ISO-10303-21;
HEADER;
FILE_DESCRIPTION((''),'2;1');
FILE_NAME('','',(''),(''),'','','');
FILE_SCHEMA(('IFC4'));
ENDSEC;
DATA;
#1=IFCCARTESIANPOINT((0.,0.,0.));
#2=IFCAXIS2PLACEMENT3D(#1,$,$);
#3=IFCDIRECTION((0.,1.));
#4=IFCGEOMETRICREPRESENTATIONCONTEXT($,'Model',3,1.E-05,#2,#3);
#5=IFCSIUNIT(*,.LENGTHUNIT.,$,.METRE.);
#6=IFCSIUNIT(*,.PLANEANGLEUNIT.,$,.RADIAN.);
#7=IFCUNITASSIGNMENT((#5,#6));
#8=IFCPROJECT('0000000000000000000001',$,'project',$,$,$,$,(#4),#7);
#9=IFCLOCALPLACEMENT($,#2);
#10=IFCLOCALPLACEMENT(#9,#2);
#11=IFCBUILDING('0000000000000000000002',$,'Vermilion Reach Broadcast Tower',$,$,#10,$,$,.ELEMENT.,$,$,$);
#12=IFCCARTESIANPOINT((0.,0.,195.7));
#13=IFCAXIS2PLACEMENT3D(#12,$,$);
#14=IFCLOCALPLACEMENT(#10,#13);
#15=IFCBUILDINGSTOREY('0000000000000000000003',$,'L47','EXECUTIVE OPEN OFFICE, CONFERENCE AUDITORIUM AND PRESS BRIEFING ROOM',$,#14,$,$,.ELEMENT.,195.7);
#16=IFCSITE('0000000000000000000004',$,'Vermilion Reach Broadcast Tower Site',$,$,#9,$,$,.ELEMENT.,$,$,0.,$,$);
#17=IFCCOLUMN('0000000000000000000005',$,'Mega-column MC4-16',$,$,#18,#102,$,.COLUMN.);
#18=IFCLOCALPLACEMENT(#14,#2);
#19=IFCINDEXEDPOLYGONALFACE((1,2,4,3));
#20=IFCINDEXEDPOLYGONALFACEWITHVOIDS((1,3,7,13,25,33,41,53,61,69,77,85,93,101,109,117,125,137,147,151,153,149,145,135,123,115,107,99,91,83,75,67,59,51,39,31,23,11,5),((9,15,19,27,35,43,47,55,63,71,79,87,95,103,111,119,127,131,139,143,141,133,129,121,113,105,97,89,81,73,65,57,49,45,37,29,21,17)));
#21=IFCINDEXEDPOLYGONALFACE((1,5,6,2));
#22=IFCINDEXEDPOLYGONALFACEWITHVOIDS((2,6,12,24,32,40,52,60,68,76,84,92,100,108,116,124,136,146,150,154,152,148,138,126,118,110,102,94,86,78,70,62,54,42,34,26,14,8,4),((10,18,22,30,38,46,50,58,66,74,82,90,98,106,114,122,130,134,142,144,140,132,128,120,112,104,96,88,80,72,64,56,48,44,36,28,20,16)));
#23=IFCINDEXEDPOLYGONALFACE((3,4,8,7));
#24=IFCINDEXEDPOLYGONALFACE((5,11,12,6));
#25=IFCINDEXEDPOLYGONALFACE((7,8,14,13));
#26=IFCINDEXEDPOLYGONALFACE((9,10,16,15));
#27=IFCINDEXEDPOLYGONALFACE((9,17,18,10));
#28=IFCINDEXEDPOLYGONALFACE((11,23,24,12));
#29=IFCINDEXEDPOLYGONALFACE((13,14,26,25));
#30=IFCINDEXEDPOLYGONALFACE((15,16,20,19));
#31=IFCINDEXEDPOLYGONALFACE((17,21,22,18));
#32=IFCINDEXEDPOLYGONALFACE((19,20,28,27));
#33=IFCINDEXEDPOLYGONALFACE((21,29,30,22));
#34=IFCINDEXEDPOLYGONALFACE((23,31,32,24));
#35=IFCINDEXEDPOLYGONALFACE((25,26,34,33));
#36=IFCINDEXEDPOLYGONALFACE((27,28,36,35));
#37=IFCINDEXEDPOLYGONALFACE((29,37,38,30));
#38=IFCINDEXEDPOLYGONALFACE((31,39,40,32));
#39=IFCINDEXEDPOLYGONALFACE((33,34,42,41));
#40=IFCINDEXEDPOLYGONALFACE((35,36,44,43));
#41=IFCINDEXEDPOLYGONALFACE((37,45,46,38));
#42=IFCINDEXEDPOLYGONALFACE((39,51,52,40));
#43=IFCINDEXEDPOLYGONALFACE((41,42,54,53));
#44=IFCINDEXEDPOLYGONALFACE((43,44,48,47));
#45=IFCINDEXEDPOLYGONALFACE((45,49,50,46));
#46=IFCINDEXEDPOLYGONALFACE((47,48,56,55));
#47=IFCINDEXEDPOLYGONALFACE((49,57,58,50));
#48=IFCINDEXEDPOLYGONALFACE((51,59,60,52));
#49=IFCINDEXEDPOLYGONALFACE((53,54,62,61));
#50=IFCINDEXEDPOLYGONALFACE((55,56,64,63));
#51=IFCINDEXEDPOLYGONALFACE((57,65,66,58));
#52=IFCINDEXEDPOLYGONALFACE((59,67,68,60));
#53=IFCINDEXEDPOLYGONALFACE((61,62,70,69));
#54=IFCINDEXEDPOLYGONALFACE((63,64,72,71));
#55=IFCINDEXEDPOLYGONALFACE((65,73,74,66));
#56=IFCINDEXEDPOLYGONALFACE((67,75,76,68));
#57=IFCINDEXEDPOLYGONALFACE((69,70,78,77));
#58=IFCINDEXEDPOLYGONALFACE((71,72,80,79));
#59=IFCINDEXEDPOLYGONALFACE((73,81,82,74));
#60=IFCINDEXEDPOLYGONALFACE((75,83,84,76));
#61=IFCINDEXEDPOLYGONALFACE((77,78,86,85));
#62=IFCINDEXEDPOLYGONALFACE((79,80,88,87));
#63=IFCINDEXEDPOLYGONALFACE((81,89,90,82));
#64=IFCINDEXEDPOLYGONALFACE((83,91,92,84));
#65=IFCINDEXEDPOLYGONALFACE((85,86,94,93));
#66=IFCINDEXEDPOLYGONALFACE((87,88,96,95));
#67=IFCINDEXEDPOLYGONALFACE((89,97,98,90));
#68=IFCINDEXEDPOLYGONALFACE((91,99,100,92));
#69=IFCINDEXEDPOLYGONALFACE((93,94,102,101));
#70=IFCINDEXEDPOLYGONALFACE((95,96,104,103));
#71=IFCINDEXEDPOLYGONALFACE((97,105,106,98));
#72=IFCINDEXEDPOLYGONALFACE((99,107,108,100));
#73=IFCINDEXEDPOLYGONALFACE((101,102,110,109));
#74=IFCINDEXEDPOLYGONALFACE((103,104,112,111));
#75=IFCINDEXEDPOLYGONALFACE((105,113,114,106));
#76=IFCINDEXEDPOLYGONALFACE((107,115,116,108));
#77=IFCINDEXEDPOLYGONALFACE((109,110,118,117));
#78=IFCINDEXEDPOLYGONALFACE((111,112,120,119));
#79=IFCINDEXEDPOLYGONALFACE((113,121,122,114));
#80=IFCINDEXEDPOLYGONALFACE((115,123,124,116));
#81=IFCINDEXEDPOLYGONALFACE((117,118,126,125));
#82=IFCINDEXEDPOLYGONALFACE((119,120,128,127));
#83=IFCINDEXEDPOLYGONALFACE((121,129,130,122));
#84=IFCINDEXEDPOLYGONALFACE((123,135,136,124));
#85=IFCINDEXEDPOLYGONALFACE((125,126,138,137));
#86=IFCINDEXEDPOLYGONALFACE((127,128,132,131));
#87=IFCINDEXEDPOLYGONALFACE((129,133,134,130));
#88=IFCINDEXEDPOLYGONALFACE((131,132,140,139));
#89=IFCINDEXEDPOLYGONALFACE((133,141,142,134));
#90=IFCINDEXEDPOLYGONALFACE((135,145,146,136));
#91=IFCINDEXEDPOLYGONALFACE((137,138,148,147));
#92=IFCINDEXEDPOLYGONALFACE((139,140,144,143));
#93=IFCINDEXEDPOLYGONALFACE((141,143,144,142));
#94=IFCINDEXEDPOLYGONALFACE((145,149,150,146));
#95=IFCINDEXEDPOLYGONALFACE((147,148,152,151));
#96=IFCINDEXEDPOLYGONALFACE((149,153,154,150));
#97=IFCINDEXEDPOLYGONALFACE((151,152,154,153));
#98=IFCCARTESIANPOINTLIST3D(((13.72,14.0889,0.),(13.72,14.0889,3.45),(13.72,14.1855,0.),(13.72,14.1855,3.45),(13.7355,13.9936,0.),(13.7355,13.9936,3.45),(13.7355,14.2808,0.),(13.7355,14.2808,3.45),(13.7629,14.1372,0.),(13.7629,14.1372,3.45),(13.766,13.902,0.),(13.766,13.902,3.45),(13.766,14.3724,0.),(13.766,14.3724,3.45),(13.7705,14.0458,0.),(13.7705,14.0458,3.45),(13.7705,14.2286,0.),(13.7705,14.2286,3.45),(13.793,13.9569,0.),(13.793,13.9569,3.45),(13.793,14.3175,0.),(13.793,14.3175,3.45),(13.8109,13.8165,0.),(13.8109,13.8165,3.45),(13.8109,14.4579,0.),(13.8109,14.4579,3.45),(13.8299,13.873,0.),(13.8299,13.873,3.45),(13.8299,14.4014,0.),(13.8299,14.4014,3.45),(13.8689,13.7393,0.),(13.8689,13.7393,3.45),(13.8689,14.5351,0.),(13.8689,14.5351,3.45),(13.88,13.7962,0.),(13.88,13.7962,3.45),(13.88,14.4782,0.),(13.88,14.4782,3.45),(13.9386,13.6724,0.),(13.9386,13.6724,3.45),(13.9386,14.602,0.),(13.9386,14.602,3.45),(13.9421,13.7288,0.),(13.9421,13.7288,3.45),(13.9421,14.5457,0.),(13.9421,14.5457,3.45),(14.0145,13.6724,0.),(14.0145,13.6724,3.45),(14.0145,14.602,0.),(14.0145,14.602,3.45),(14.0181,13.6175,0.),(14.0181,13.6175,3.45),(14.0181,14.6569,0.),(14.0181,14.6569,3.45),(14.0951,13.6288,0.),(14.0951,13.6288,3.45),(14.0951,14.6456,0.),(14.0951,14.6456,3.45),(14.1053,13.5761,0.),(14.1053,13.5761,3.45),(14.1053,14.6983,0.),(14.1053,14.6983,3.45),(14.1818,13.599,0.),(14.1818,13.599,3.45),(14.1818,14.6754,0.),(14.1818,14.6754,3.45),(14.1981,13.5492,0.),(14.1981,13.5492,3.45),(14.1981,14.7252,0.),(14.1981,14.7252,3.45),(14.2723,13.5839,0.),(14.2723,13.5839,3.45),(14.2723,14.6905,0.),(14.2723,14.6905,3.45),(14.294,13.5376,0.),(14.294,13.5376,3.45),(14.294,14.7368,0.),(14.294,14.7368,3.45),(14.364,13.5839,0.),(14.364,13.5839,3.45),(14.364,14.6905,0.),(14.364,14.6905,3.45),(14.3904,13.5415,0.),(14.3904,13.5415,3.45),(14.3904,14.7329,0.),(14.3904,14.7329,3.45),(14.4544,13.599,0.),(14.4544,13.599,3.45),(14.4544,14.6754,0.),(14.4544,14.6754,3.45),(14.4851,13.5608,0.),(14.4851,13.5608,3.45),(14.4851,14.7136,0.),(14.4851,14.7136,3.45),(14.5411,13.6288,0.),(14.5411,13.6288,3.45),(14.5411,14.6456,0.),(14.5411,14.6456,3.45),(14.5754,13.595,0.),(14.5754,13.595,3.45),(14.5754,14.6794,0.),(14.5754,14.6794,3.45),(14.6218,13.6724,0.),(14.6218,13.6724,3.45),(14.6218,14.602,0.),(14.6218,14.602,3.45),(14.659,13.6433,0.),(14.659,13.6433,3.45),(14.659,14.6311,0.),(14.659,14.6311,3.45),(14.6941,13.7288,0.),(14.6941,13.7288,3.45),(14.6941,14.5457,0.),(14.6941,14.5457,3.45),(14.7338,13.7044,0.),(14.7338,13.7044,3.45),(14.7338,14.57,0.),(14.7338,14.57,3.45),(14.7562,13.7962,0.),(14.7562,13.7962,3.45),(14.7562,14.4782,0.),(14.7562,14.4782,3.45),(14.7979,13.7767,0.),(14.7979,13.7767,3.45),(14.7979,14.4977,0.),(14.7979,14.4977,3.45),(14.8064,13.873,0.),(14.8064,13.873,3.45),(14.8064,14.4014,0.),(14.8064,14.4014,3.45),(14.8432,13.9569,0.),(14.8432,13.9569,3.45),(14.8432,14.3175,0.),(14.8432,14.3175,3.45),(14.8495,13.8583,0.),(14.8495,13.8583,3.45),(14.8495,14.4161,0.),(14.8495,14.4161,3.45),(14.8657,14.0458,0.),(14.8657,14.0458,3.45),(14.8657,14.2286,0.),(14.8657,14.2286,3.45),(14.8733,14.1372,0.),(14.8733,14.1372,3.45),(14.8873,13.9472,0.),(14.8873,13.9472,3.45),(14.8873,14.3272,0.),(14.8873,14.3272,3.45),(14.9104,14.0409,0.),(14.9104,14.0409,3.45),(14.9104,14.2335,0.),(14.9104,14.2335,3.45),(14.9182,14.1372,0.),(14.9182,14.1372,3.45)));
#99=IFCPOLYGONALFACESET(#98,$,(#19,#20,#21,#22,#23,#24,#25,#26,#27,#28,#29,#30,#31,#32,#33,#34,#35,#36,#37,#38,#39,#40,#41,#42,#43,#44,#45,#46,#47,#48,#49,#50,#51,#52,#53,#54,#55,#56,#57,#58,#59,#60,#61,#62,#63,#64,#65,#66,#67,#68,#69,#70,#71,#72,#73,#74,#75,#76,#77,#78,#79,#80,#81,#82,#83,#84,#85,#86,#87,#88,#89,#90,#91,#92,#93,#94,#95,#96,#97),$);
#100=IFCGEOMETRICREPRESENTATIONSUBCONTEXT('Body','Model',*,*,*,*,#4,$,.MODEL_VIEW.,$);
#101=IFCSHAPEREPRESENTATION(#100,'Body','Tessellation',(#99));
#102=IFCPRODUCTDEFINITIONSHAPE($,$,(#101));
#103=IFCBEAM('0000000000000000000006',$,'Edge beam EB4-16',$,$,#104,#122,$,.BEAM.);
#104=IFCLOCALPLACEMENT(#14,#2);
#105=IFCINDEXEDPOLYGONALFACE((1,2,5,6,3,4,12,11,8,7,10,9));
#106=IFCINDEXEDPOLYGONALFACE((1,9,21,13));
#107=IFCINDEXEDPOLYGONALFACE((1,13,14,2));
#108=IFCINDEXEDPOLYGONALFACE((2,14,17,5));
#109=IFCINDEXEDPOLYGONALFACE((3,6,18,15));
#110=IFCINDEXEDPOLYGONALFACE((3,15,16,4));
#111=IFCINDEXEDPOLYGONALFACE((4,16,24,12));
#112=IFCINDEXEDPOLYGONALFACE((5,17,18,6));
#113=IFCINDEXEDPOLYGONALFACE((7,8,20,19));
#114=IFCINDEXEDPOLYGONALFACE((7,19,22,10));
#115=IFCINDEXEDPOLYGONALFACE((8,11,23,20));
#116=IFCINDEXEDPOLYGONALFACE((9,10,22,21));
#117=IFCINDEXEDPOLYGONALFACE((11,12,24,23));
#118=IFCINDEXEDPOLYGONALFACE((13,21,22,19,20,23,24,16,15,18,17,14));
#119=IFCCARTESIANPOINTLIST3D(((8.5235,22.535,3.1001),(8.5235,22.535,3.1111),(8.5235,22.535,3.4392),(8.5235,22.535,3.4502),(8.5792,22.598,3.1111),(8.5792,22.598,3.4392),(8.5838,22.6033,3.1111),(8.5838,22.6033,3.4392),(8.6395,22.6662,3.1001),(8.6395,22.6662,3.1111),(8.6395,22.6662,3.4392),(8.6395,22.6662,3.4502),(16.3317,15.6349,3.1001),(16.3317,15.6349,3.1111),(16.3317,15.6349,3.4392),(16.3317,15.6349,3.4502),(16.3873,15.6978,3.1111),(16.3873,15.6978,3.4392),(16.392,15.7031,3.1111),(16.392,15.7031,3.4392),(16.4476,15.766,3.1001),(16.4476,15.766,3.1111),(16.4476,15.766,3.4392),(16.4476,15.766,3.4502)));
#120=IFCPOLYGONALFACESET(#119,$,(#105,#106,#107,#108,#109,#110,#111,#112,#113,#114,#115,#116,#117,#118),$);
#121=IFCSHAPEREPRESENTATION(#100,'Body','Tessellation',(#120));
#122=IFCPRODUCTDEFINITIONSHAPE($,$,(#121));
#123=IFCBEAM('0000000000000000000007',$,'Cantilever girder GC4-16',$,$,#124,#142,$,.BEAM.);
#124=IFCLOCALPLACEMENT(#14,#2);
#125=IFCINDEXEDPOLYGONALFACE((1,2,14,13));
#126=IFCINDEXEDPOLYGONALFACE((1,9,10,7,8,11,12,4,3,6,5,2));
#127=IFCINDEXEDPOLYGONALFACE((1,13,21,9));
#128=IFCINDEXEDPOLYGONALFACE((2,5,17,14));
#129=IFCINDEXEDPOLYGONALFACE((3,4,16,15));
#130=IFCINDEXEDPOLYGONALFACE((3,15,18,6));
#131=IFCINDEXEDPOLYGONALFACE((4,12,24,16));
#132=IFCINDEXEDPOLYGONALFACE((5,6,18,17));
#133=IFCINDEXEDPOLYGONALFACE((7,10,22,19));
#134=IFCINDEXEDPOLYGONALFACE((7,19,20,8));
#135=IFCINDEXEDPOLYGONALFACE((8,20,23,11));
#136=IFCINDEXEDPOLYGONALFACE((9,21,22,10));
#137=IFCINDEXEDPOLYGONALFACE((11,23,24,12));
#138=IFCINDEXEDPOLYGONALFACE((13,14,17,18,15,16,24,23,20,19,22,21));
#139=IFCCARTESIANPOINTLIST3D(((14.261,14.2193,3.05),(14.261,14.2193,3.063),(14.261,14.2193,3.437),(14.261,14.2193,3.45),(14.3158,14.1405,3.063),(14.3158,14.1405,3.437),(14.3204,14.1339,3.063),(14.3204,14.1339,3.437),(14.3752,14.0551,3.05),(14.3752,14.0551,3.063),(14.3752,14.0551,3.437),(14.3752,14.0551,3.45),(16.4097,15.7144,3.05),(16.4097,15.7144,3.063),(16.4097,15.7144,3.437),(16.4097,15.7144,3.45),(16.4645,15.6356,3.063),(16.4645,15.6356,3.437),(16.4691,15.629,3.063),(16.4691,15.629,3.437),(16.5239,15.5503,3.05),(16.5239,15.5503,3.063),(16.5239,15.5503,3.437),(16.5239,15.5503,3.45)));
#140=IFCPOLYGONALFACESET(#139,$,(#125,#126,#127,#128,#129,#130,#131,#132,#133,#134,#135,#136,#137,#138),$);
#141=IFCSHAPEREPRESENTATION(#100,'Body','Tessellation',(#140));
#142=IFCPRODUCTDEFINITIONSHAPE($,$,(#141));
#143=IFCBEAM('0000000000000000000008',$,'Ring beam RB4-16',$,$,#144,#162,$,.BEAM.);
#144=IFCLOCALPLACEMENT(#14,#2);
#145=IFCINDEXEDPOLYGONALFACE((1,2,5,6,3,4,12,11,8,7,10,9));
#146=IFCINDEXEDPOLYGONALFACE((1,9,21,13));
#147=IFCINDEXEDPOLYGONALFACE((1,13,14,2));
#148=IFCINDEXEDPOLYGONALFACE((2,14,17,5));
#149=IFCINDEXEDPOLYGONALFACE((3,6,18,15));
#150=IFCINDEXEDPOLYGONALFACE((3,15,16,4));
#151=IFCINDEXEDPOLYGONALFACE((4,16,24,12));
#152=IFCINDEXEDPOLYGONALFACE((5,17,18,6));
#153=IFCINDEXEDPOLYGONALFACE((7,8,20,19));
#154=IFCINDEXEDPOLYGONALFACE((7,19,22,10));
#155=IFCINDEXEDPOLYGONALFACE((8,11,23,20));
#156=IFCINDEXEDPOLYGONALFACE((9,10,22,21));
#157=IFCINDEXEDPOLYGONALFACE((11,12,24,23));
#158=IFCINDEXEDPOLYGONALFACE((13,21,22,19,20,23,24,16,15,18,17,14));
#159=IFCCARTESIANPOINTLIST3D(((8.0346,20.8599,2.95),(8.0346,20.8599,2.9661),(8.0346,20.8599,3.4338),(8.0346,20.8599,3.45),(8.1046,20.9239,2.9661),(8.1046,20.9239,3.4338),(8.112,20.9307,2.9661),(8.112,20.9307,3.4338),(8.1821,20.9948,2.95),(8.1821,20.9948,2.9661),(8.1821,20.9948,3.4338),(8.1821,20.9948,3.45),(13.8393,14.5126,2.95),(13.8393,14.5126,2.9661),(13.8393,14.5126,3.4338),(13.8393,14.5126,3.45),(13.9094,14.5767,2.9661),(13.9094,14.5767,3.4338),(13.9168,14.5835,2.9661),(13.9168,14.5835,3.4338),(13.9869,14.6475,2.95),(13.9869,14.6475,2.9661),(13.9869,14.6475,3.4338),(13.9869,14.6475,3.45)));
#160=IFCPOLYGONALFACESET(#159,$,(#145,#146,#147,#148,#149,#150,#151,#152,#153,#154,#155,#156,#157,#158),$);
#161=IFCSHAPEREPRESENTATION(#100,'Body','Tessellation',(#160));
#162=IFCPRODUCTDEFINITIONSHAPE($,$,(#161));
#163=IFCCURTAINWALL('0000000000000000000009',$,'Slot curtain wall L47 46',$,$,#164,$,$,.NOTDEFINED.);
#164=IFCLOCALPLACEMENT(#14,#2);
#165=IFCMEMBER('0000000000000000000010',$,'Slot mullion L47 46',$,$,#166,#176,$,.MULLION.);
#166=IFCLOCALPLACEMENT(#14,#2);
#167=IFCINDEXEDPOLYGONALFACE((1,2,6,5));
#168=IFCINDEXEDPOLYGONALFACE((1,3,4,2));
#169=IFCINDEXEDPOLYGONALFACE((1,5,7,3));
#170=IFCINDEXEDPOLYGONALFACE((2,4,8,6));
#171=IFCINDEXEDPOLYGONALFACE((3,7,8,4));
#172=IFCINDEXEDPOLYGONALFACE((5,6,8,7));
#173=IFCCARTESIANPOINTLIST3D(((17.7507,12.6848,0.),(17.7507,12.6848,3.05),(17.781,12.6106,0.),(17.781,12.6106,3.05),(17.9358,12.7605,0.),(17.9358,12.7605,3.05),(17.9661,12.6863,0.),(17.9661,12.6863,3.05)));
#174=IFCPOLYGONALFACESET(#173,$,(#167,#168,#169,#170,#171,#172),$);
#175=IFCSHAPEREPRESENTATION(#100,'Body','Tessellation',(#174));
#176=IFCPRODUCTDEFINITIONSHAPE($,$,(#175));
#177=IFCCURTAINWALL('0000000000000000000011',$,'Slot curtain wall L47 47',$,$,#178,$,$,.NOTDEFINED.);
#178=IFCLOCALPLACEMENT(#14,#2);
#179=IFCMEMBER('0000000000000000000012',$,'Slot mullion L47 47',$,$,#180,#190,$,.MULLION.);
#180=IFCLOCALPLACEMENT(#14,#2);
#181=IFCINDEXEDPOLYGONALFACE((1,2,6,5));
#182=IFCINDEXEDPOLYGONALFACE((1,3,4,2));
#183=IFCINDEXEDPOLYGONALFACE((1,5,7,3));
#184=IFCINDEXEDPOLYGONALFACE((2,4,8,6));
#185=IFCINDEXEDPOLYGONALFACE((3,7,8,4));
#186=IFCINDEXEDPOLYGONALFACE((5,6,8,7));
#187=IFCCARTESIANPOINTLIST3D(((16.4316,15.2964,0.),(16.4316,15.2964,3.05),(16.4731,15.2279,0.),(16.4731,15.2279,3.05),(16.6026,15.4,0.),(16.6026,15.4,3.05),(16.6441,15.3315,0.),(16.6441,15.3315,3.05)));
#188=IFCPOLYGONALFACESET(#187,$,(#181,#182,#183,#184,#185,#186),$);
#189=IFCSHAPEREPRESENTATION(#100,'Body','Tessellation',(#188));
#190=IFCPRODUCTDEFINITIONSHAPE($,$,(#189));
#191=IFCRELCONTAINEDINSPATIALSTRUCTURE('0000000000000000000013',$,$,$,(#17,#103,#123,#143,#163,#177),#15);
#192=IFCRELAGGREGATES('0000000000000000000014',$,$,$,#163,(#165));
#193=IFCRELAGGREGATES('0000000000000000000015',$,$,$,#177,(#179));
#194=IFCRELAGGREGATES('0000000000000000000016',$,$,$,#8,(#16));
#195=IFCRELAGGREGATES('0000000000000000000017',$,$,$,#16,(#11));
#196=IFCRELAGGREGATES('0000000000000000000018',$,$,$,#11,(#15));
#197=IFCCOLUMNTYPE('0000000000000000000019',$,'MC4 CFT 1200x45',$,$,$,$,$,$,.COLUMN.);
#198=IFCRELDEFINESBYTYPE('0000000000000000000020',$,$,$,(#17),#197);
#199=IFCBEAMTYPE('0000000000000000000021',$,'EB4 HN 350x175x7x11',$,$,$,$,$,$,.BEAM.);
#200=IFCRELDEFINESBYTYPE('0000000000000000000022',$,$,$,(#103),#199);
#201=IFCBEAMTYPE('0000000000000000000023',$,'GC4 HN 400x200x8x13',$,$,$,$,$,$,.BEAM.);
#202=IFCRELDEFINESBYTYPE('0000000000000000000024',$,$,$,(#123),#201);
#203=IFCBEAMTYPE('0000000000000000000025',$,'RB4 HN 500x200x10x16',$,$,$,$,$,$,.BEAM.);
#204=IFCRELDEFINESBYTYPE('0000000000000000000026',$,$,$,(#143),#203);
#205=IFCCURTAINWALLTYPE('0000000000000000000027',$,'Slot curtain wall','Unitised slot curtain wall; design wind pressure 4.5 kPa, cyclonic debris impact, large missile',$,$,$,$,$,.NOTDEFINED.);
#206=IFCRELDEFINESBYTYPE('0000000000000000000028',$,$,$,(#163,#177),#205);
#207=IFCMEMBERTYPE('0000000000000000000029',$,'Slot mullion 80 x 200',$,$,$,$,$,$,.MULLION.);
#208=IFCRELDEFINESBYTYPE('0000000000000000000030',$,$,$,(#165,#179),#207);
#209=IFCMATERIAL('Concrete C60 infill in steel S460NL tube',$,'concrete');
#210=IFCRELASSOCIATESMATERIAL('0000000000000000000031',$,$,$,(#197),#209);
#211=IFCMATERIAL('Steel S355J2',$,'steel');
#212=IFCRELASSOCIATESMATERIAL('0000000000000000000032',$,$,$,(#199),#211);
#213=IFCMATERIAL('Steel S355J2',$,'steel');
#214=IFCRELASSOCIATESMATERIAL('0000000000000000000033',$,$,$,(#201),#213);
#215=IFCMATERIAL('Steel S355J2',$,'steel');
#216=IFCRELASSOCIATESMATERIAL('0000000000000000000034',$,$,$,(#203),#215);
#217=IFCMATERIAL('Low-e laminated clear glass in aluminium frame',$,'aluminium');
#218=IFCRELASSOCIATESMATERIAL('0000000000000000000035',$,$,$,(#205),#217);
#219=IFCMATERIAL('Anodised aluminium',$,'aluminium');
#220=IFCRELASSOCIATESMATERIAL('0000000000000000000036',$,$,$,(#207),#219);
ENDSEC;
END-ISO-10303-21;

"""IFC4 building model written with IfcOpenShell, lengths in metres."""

from ifc_helpers import new_model, si_unit, direction, frame, origin, origin_2d, place, context, subcontext, project, spatial, rectangle, hollow_circle, i_section, extrude, material, material_profile, profile_set, type_object, element, aggregate, save


model = new_model("IFC4")

# Units and contexts
model_context = context("Model", 3, precision=1e-05, world=origin(), true_north=direction((0.0, 1.0)))
body_context = subcontext(model_context, "Body", "Model", "MODEL_VIEW")
ifc_project = project(units=[si_unit("LENGTHUNIT", "METRE"), si_unit("PLANEANGLEUNIT", "RADIAN")], contexts=[model_context])

# Site, building, storey
site_placement = place(None, origin())
site = spatial("IfcSite", under=ifc_project, at=site_placement, Name="Vermilion Reach Broadcast Tower Site", CompositionType="ELEMENT", RefElevation=0.0)
building_placement = place(site_placement, origin())
building = spatial("IfcBuilding", under=site, at=building_placement, Name="Vermilion Reach Broadcast Tower", CompositionType="ELEMENT")
storey_placement = place(building_placement, frame((0.0, 0.0, 195.7)))
storey = spatial("IfcBuildingStorey", under=building, at=storey_placement, Name="L47", Description="EXECUTIVE OPEN OFFICE, CONFERENCE AUDITORIUM AND PRESS BRIEFING ROOM", CompositionType="ELEMENT", Elevation=195.7)

# Column
ifc_material_1 = material(Name="Concrete C60 infill in steel S460NL tube", Category="concrete")
ifc_material_profile_1 = material_profile(ifc_material_1, hollow_circle(Radius=0.6001, WallThickness=0.0449, at=origin_2d()), Name="Concrete C60 infill in steel S460NL tube CFT 1200x45")
ifc_profile_set_1 = profile_set([ifc_material_profile_1], Name="Concrete C60 infill in steel S460NL tube")
column_type = type_object("IfcColumnType", Name="MC4 CFT 1200x45", PredefinedType="COLUMN", material=ifc_profile_set_1)
column_placement = place(storey_placement, frame((14.3181, 14.1372, 0.0), z_axis=(0.0, 0.0, 1.0), x_axis=(1.0, 0.0, 0.0)))
element("IfcColumn", 1, at=column_placement, inside=storey, type_object=column_type, Name="Mega-column MC4-16", PredefinedType="COLUMN", context=body_context, shape_type="SweptSolid", body=[
    extrude(hollow_circle(Radius=0.6001, WallThickness=0.0449, at=origin_2d()), origin(), (0.0, 0.0, 1.0), 3.45),
])

# Beams
ifc_material_2 = material(Name="Steel S355J2", Category="steel")
ifc_material_profile_2 = material_profile(ifc_material_2, i_section(OverallWidth=0.175, OverallDepth=0.3501, WebThickness=0.0071, FlangeThickness=0.011, at=origin_2d()), Name="S355J2 HN 350x175x7x11")
ifc_profile_set_2 = profile_set([ifc_material_profile_2], Name="Steel S355J2")
beam_type_1 = type_object("IfcBeamType", Name="EB4 HN 350x175x7x11", PredefinedType="BEAM", material=ifc_profile_set_2)
beam_1_placement = place(storey_placement, frame((16.3896, 15.7004, 3.2751), z_axis=(-0.749331, 0.662196, 0.0), x_axis=(-0.662196, -0.749331, 0.0)))
element("IfcBeam", 2, at=beam_1_placement, inside=storey, type_object=beam_type_1, Name="Edge beam EB4-16", PredefinedType="BEAM", context=body_context, shape_type="SweptSolid", body=[
    extrude(i_section(OverallWidth=0.175, OverallDepth=0.3501, WebThickness=0.0071, FlangeThickness=0.011, at=origin_2d()), origin(), (0.0, 0.0, 1.0), 10.4202),
])
ifc_material_3 = material(Name="Steel S355J2", Category="steel")
ifc_material_profile_3 = material_profile(ifc_material_3, i_section(OverallWidth=0.2, OverallDepth=0.3999, WebThickness=0.0081, FlangeThickness=0.0129, at=origin_2d()), Name="S355J2 HN 400x200x8x13")
ifc_profile_set_3 = profile_set([ifc_material_profile_3], Name="Steel S355J2")
beam_type_2 = type_object("IfcBeamType", Name="GC4 HN 400x200x8x13", PredefinedType="BEAM", material=ifc_profile_set_3)
beam_2_placement = place(storey_placement, frame((14.3181, 14.1372, 3.25), z_axis=(0.820837, 0.571163, 0.0), x_axis=(-0.571163, 0.820837, 0.0)))
element("IfcBeam", 3, at=beam_2_placement, inside=storey, type_object=beam_type_2, Name="Cantilever girder GC4-16", PredefinedType="BEAM", context=body_context, shape_type="SweptSolid", body=[
    extrude(i_section(OverallWidth=0.2, OverallDepth=0.3999, WebThickness=0.0081, FlangeThickness=0.0129, at=origin_2d()), origin(), (0.0, 0.0, 1.0), 2.6177),
])
ifc_material_4 = material(Name="Steel S355J2", Category="steel")
ifc_material_profile_4 = material_profile(ifc_material_4, i_section(OverallWidth=0.2, OverallDepth=0.5, WebThickness=0.01, FlangeThickness=0.0161, at=origin_2d()), Name="S355J2 HN 500x200x10x16")
ifc_profile_set_4 = profile_set([ifc_material_profile_4], Name="Steel S355J2")
beam_type_3 = type_object("IfcBeamType", Name="RB4 HN 500x200x10x16", PredefinedType="BEAM", material=ifc_profile_set_4)
beam_3_placement = place(storey_placement, frame((13.9131, 14.5801, 3.2), z_axis=(-0.674868, 0.737938, 0.0), x_axis=(-0.737938, -0.674868, 0.0)))
element("IfcBeam", 4, at=beam_3_placement, inside=storey, type_object=beam_type_3, Name="Ring beam RB4-16", PredefinedType="BEAM", context=body_context, shape_type="SweptSolid", body=[
    extrude(i_section(OverallWidth=0.2, OverallDepth=0.5, WebThickness=0.01, FlangeThickness=0.0161, at=origin_2d()), origin(), (0.0, 0.0, 1.0), 8.6013),
])

# Curtain walls, members
ifc_material_5 = material(Name="Low-e laminated clear glass in aluminium frame", Category="aluminium")
curtain_wall_type = type_object("IfcCurtainWallType", Name="Slot curtain wall", Description="Unitised slot curtain wall; design wind pressure 4.5 kPa, cyclonic debris impact, large missile", PredefinedType="NOTDEFINED", material=ifc_material_5)
placement = place(storey_placement, origin())
curtain_wall_1 = element("IfcCurtainWall", 5, at=placement, inside=storey, type_object=curtain_wall_type, Name="Slot curtain wall L47 46", PredefinedType="NOTDEFINED")
ifc_material_6 = material(Name="Anodised aluminium", Category="aluminium")
ifc_material_profile_5 = material_profile(ifc_material_6, rectangle(XDim=0.2, YDim=0.0801, at=origin_2d()), Name="Slot mullion 80 x 200")
ifc_profile_set_5 = profile_set([ifc_material_profile_5], Name="Anodised aluminium")
member_type_1 = type_object("IfcMemberType", Name="Slot mullion 80 x 200", PredefinedType="MULLION", material=ifc_profile_set_5)
member_1_placement = place(storey_placement, frame((17.8584, 12.6855, 0.0), z_axis=(0.0, 0.0, 1.0), x_axis=(-0.925563, -0.378593, 0.0)))
member_1 = element("IfcMember", 6, at=member_1_placement, type_object=member_type_1, Name="Slot mullion L47 46", PredefinedType="MULLION", context=body_context, shape_type="SweptSolid", body=[
    extrude(rectangle(XDim=0.2, YDim=0.0801, at=origin_2d()), origin(), (0.0, 0.0, 1.0), 3.05),
])
curtain_wall_2 = element("IfcCurtainWall", 7, at=placement, inside=storey, type_object=curtain_wall_type, Name="Slot curtain wall L47 47", PredefinedType="NOTDEFINED")
member_2_placement = place(storey_placement, frame((16.5378, 15.314, 0.0), z_axis=(0.0, 0.0, 1.0), x_axis=(-0.855264, -0.518193, 0.0)))
member_2 = element("IfcMember", 8, at=member_2_placement, type_object=member_type_1, Name="Slot mullion L47 47", PredefinedType="MULLION", context=body_context, shape_type="SweptSolid", body=[
    extrude(rectangle(XDim=0.2, YDim=0.0801, at=origin_2d()), origin(), (0.0, 0.0, 1.0), 3.05),
])

aggregate(curtain_wall_1, [member_1])
aggregate(curtain_wall_2, [member_2])

save(model, "model.ifc")
